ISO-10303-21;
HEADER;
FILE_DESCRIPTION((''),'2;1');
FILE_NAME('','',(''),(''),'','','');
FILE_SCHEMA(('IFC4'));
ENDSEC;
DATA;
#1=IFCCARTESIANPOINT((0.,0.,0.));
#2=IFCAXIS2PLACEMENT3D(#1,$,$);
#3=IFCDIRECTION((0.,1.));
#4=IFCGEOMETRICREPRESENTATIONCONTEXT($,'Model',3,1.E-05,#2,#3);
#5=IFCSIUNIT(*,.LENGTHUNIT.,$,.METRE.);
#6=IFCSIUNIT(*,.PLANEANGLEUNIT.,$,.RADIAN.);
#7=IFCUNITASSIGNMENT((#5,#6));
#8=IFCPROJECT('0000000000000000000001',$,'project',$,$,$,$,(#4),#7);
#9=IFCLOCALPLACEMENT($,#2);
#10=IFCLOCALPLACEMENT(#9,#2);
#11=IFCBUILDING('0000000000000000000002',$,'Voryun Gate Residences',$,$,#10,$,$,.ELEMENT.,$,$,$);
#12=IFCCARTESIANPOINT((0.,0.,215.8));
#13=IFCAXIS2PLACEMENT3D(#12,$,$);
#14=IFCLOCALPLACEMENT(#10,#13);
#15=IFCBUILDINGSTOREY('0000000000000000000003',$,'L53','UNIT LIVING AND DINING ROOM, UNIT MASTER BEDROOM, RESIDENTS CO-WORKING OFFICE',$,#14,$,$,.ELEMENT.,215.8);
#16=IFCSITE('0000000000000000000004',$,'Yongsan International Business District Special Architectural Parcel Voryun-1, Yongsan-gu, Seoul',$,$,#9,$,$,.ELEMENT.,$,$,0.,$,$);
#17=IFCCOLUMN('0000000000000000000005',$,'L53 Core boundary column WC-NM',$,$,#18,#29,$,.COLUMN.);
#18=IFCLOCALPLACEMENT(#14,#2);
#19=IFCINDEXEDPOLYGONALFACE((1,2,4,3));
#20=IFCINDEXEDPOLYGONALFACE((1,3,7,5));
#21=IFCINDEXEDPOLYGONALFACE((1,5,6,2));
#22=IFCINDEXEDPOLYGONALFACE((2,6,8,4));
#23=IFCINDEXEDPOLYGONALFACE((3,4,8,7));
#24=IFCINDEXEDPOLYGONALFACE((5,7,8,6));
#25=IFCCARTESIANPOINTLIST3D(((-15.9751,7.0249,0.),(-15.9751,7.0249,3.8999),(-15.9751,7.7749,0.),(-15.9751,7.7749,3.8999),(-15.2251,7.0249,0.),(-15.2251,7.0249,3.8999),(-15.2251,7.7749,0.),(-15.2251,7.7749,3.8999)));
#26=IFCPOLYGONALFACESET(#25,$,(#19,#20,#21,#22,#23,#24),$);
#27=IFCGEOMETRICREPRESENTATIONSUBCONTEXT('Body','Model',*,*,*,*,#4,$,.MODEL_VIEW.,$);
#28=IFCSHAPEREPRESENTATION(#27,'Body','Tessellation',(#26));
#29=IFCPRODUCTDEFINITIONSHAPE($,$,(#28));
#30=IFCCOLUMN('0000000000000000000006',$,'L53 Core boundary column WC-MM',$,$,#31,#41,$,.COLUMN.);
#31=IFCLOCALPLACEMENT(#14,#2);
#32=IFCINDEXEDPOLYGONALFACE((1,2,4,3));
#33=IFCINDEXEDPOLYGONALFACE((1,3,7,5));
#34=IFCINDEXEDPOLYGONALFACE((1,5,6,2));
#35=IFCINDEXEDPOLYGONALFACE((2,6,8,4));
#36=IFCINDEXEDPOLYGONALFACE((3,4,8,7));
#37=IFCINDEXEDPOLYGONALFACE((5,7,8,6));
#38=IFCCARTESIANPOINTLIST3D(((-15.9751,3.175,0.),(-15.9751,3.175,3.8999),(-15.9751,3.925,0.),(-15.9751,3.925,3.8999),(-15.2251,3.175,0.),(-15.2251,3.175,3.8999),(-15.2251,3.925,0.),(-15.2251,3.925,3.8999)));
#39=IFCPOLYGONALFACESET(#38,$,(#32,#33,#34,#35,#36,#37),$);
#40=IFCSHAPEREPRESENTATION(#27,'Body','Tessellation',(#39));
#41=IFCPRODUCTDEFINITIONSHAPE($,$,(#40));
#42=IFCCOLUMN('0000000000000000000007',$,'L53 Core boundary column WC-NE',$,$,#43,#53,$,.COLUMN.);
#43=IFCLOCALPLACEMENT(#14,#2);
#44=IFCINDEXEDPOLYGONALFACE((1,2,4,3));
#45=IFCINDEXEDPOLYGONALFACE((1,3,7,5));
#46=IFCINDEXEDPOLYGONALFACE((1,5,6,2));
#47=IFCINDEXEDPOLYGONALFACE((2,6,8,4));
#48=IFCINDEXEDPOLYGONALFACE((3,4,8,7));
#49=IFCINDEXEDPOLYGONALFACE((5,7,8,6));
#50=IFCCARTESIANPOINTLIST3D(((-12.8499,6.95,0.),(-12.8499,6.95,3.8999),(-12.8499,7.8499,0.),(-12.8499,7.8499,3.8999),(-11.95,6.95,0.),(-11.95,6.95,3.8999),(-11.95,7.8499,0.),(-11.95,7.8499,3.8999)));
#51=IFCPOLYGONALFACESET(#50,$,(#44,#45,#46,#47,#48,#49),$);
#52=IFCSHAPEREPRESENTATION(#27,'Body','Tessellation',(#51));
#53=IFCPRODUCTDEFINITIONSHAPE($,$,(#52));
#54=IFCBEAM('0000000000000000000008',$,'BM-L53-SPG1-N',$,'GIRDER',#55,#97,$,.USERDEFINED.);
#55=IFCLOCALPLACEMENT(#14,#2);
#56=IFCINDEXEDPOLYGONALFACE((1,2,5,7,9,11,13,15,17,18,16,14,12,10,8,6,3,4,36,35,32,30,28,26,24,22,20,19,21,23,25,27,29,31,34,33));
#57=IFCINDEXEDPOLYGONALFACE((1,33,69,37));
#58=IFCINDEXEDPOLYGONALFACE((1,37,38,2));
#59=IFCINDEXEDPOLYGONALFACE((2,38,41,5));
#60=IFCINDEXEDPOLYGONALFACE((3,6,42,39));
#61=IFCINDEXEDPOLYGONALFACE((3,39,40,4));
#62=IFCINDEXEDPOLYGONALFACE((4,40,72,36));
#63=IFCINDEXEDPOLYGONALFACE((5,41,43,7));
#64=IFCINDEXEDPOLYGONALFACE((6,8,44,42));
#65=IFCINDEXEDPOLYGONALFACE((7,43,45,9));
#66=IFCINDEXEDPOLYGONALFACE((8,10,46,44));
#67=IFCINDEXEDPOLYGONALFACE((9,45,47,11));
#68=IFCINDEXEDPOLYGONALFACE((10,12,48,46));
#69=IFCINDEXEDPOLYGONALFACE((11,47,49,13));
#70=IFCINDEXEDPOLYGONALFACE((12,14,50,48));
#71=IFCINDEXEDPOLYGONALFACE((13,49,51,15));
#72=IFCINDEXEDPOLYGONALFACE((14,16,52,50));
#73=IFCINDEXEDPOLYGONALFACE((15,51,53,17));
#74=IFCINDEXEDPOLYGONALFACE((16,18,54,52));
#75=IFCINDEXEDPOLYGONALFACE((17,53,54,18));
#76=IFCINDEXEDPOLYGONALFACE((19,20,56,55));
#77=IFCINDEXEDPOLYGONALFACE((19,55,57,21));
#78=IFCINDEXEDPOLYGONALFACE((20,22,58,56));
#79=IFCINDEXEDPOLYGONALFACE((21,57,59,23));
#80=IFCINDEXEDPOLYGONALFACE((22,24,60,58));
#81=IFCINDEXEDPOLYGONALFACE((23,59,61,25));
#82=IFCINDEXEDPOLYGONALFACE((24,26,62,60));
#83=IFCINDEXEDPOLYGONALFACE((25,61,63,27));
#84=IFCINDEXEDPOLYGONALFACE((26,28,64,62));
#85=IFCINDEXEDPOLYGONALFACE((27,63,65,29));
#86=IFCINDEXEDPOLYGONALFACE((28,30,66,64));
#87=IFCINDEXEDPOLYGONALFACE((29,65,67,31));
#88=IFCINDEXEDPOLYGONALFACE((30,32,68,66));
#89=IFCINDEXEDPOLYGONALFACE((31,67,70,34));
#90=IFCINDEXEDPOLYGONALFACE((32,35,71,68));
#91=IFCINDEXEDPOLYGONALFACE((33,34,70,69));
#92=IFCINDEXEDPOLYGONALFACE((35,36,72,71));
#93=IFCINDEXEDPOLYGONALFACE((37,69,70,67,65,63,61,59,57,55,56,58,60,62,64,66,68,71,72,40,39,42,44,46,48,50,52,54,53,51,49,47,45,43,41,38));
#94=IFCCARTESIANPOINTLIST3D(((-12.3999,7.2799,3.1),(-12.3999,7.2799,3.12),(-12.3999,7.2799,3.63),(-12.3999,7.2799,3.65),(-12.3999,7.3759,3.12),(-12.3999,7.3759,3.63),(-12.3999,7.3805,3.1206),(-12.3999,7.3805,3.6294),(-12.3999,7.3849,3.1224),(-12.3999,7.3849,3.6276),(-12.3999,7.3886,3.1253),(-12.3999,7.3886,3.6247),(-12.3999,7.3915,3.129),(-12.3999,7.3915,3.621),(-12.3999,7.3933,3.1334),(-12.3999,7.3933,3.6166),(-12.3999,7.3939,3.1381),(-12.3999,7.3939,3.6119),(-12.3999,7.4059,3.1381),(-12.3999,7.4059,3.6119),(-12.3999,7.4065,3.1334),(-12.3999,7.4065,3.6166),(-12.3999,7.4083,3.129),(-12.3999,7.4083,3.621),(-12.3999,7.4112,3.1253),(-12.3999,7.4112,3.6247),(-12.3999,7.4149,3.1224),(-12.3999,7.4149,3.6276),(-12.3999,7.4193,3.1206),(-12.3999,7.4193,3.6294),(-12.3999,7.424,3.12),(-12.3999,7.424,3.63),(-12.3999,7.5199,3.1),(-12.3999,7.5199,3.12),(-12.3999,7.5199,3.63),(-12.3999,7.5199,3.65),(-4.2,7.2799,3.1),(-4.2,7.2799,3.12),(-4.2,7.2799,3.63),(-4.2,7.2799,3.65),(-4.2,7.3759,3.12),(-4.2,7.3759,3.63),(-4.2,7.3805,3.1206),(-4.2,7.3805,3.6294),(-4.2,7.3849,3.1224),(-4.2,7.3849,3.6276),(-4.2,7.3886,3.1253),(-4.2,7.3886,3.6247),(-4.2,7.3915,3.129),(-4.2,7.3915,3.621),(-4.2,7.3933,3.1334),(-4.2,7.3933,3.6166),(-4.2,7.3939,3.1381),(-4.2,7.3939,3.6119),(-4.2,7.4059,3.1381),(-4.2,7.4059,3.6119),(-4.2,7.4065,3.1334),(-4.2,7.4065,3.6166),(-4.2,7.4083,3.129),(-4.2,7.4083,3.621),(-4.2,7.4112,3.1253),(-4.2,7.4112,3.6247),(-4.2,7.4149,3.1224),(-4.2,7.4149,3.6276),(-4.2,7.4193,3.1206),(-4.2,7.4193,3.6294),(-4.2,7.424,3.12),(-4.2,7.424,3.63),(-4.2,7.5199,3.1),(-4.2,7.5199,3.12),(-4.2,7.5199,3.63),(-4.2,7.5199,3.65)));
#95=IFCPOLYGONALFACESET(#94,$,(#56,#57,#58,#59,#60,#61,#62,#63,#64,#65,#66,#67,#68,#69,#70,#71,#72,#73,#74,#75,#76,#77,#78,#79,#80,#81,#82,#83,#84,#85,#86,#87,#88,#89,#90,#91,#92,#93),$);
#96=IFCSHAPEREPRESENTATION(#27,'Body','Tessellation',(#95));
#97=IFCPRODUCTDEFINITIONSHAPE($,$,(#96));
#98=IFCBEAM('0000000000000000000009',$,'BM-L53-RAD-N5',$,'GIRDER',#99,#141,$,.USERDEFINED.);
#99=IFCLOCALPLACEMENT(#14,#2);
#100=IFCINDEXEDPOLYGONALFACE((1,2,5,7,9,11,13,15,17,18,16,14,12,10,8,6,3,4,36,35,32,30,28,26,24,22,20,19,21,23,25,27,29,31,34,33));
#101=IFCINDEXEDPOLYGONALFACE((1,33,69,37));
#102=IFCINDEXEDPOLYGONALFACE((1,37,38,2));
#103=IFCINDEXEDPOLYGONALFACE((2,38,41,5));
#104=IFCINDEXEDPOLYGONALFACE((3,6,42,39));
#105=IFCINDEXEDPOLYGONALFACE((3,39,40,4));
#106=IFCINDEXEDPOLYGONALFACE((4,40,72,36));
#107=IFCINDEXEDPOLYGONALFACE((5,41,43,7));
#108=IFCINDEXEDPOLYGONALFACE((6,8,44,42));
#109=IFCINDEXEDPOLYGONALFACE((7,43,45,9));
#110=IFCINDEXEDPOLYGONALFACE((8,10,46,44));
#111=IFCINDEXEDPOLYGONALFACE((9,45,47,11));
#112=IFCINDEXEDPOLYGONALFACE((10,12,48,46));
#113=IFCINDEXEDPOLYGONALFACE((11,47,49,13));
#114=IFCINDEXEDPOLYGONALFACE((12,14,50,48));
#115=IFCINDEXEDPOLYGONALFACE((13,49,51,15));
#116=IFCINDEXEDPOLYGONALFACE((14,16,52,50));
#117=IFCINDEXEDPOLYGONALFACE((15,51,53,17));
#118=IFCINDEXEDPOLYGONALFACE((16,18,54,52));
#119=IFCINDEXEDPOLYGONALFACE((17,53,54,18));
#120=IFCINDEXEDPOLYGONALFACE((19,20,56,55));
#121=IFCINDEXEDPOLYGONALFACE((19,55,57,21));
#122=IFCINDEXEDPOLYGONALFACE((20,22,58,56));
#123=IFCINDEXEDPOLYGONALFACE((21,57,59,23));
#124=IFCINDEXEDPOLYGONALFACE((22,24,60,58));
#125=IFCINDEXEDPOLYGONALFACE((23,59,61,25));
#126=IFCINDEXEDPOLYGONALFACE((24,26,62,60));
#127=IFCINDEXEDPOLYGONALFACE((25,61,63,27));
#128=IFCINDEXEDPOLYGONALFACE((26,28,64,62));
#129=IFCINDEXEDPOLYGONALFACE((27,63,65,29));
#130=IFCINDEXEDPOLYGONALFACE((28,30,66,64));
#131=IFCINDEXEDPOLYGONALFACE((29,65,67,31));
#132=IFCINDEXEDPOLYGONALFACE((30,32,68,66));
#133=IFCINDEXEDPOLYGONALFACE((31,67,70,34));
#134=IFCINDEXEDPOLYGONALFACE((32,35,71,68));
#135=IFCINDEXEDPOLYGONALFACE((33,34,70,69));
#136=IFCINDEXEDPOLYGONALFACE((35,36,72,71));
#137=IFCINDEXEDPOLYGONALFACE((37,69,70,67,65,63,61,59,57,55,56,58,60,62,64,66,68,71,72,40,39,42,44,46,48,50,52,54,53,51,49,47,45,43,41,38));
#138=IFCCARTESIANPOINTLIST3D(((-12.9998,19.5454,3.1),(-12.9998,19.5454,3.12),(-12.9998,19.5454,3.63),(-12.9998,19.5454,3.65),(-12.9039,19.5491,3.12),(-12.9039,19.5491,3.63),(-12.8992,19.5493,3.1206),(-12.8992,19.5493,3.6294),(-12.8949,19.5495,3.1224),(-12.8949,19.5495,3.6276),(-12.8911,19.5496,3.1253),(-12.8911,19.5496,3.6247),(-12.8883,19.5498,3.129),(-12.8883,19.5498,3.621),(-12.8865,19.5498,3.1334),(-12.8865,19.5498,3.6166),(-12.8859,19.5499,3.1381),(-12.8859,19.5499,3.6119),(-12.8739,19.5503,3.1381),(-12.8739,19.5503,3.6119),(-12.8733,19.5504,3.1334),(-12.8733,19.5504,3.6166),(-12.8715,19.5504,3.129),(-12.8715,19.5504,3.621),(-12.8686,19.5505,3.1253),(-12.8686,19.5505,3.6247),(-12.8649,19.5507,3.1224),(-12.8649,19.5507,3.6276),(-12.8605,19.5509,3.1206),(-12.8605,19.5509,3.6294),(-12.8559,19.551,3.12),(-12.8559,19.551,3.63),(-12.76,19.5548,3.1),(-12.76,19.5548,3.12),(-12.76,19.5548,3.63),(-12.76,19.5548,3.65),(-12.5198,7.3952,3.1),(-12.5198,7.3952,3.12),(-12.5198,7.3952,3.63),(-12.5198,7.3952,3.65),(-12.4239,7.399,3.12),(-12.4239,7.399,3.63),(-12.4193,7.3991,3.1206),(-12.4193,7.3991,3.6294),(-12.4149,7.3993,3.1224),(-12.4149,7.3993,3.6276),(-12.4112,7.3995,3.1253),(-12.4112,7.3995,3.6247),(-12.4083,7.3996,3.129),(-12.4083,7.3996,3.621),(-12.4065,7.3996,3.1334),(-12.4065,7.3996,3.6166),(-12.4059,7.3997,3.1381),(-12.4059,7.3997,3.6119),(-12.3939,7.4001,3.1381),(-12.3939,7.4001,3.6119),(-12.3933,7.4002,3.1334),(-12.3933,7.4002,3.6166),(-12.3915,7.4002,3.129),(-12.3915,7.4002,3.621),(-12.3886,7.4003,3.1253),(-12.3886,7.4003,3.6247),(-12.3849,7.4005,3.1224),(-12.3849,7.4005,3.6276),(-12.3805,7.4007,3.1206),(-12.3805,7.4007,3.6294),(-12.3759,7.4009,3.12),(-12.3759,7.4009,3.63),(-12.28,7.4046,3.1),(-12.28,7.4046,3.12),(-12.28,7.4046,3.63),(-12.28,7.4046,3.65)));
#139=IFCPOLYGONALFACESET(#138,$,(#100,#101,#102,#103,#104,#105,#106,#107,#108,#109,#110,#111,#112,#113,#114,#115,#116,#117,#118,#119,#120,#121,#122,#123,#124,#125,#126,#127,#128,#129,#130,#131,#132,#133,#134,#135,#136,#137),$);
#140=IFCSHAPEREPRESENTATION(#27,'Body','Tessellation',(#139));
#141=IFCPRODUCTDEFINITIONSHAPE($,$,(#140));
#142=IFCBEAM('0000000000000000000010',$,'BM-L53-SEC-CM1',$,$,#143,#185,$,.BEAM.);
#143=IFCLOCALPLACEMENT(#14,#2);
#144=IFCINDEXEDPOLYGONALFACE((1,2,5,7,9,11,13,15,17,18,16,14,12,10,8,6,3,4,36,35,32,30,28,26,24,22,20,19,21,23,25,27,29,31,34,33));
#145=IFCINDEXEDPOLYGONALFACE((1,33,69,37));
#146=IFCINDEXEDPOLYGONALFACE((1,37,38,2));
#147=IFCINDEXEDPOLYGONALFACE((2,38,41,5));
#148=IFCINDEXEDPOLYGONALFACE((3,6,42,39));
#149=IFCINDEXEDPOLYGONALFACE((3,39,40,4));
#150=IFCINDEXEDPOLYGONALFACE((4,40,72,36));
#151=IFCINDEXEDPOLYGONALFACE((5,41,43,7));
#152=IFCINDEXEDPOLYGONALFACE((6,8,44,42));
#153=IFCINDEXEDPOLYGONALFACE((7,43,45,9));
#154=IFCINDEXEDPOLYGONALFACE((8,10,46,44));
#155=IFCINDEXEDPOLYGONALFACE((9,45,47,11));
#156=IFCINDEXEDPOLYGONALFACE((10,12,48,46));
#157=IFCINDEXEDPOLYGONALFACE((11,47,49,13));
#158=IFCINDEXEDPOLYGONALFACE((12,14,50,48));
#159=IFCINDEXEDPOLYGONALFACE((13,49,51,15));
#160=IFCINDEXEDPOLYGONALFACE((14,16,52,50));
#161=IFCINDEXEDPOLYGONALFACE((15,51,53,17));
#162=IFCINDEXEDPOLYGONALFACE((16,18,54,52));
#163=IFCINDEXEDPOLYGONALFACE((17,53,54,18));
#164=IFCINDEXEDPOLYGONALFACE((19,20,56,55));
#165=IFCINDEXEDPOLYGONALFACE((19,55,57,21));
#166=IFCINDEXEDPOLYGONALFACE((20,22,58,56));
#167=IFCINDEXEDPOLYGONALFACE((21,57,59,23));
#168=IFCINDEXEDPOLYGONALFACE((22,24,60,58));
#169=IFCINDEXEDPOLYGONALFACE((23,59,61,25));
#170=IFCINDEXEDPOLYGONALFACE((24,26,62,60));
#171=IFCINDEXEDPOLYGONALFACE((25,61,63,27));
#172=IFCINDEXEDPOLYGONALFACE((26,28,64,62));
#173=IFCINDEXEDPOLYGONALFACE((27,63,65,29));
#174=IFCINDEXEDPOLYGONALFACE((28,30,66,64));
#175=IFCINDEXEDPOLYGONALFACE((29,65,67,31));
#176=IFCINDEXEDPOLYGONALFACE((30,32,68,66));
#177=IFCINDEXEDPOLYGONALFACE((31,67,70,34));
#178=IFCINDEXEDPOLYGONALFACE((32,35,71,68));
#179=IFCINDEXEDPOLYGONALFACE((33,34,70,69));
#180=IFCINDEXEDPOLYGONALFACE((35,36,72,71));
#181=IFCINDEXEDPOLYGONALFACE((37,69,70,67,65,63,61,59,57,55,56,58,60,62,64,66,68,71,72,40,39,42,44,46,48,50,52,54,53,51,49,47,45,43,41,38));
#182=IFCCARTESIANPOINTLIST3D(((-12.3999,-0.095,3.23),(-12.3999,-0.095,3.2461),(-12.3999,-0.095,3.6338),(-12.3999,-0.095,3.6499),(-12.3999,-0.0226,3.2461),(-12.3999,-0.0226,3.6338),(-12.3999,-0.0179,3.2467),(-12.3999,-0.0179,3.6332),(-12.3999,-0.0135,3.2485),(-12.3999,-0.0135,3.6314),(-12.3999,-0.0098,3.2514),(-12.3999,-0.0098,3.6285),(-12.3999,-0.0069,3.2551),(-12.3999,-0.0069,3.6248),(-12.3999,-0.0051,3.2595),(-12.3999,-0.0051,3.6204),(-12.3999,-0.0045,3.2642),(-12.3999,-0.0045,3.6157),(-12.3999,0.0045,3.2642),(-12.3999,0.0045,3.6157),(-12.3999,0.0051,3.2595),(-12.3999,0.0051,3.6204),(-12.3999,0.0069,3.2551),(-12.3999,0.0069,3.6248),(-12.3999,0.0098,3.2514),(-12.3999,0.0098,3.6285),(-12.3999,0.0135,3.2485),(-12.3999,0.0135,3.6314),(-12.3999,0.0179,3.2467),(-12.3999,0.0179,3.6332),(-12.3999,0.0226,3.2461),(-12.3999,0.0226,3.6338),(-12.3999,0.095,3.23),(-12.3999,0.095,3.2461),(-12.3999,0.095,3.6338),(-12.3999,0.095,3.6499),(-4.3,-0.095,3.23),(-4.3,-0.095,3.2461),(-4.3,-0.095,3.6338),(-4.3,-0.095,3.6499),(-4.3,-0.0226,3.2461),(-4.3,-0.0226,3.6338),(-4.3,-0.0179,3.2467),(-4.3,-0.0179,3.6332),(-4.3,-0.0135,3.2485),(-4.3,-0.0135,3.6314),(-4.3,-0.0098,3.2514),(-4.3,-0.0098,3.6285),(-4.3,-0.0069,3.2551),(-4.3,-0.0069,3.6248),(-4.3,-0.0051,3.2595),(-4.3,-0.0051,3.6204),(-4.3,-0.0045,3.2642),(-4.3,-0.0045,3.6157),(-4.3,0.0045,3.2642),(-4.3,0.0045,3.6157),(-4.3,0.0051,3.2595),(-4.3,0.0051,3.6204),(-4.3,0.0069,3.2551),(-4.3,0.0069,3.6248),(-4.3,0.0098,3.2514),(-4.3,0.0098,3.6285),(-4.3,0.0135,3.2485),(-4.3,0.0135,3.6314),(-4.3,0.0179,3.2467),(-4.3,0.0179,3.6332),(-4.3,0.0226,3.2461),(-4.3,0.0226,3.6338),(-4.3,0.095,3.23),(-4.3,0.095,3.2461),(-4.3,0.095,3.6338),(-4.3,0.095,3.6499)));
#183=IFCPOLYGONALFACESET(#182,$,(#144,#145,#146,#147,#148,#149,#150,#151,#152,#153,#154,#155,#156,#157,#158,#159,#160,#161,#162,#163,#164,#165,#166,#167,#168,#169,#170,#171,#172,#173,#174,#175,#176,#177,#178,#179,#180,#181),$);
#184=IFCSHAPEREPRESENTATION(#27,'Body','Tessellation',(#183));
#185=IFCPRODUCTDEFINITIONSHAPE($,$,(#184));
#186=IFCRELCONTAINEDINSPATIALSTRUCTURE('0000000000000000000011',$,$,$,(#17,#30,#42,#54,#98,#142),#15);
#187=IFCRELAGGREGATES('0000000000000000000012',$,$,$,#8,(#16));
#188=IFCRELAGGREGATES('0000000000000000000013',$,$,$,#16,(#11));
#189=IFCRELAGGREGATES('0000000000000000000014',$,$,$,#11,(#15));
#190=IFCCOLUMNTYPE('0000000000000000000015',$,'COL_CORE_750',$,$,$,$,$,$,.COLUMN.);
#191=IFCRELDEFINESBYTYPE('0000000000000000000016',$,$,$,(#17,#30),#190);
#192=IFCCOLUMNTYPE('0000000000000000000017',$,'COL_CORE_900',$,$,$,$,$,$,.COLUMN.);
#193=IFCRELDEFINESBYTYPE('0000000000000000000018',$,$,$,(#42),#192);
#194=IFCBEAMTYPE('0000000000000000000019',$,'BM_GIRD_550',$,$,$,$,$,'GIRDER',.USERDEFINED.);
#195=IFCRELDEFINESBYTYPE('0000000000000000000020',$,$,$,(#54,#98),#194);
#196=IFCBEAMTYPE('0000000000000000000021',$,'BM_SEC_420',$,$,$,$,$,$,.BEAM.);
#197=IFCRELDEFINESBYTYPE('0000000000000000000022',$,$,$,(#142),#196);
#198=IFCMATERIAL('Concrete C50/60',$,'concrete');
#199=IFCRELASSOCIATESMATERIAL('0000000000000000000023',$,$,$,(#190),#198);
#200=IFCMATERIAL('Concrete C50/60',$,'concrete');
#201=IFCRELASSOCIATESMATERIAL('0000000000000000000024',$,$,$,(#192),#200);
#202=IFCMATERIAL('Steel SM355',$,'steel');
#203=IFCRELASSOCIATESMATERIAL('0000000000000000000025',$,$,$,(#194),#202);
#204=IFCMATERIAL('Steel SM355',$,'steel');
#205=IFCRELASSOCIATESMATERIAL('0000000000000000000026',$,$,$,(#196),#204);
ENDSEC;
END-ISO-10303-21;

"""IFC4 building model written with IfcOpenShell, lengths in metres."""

from ifc_helpers import new_model, si_unit, direction, frame, origin, origin_2d, place, context, subcontext, project, spatial, rectangle, i_section, extrude, material, material_profile, profile_set, type_object, element, save


model = new_model("IFC4")

# Units and contexts
model_context = context("Model", 3, precision=1e-05, world=origin(), true_north=direction((0.0, 1.0)))
body_context = subcontext(model_context, "Body", "Model", "MODEL_VIEW")
ifc_project = project(units=[si_unit("LENGTHUNIT", "METRE"), si_unit("PLANEANGLEUNIT", "RADIAN")], contexts=[model_context])

# Site, building, storey
site_placement = place(None, origin())
site = spatial("IfcSite", under=ifc_project, at=site_placement, Name="Yongsan International Business District Special Architectural Parcel Voryun-1, Yongsan-gu, Seoul", CompositionType="ELEMENT", RefElevation=0.0)
building_placement = place(site_placement, origin())
building = spatial("IfcBuilding", under=site, at=building_placement, Name="Voryun Gate Residences", CompositionType="ELEMENT")
storey_placement = place(building_placement, frame((0.0, 0.0, 215.8)))
storey = spatial("IfcBuildingStorey", under=building, at=storey_placement, Name="L53", Description="UNIT LIVING AND DINING ROOM, UNIT MASTER BEDROOM, RESIDENTS CO-WORKING OFFICE", CompositionType="ELEMENT", Elevation=215.8)

# Columns
ifc_material_1 = material(Name="Concrete C50/60", Category="concrete")
ifc_material_profile_1 = material_profile(ifc_material_1, rectangle(XDim=0.75, YDim=0.75, at=origin_2d()), Name="RC-750x750")
ifc_profile_set_1 = profile_set([ifc_material_profile_1], Name="Concrete C50/60")
column_type_1 = type_object("IfcColumnType", Name="COL_CORE_750", PredefinedType="COLUMN", material=ifc_profile_set_1)
for number, where, z_axis, x_axis, name in (
    (1, (-15.6001, 7.3999, 0.0), (0.0, 0.0, 1.0), (1.0, 0.0, 0.0), "L53 Core boundary column WC-NM"),
    (2, (-15.6001, 3.55, 0.0), (0.0, 0.0, 1.0), (1.0, 0.0, 0.0), "L53 Core boundary column WC-MM"),
):
    element("IfcColumn", number, at=place(storey_placement, frame(where, z_axis=z_axis, x_axis=x_axis)), inside=storey, type_object=column_type_1, Name=name, PredefinedType="COLUMN", context=body_context, shape_type="SweptSolid", body=[
        extrude(rectangle(XDim=0.75, YDim=0.75, at=origin_2d()), origin(), (0.0, 0.0, 1.0), 3.8999),
    ])
ifc_material_2 = material(Name="Concrete C50/60", Category="concrete")
ifc_material_profile_2 = material_profile(ifc_material_2, rectangle(XDim=0.8999, YDim=0.8999, at=origin_2d()), Name="RC-900x900")
ifc_profile_set_2 = profile_set([ifc_material_profile_2], Name="Concrete C50/60")
column_type_2 = type_object("IfcColumnType", Name="COL_CORE_900", PredefinedType="COLUMN", material=ifc_profile_set_2)
column_placement = place(storey_placement, frame((-12.3999, 7.3999, 0.0), z_axis=(0.0, 0.0, 1.0), x_axis=(1.0, 0.0, 0.0)))
element("IfcColumn", 3, at=column_placement, inside=storey, type_object=column_type_2, Name="L53 Core boundary column WC-NE", PredefinedType="COLUMN", context=body_context, shape_type="SweptSolid", body=[
    extrude(rectangle(XDim=0.8999, YDim=0.8999, at=origin_2d()), origin(), (0.0, 0.0, 1.0), 3.8999),
])

# Beams
ifc_material_3 = material(Name="Steel SM355", Category="steel")
ifc_material_profile_3 = material_profile(ifc_material_3, i_section(OverallWidth=0.24, OverallDepth=0.55, WebThickness=0.012, FlangeThickness=0.02, FilletRadius=0.0181, at=origin_2d()), Name="H-550x240x12x20")
ifc_profile_set_3 = profile_set([ifc_material_profile_3], Name="Steel SM355")
beam_type_1 = type_object("IfcBeamType", Name="BM_GIRD_550", ElementType="GIRDER", PredefinedType="USERDEFINED", material=ifc_profile_set_3)
beam_1_placement = place(storey_placement, frame((-12.3999, 7.3999, 3.375), z_axis=(1.0, 0.0, 0.0), x_axis=(0.0, 1.0, 0.0)))
element("IfcBeam", 4, at=beam_1_placement, inside=storey, type_object=beam_type_1, Name="BM-L53-SPG1-N", ObjectType="GIRDER", PredefinedType="USERDEFINED", context=body_context, shape_type="SweptSolid", body=[
    extrude(i_section(OverallWidth=0.24, OverallDepth=0.55, WebThickness=0.012, FlangeThickness=0.02, FilletRadius=0.0181, at=origin_2d()), origin(), (0.0, 0.0, 1.0), 8.2),
])
beam_2_placement = place(storey_placement, frame((-12.3999, 7.3999, 3.375), z_axis=(-0.039473, 0.999221, 0.0), x_axis=(-0.999221, -0.039473, 0.0)))
element("IfcBeam", 5, at=beam_2_placement, inside=storey, type_object=beam_type_1, Name="BM-L53-RAD-N5", ObjectType="GIRDER", PredefinedType="USERDEFINED", context=body_context, shape_type="SweptSolid", body=[
    extrude(i_section(OverallWidth=0.24, OverallDepth=0.55, WebThickness=0.012, FlangeThickness=0.02, FilletRadius=0.0181, at=origin_2d()), origin(), (0.0, 0.0, 1.0), 12.1597),
])
ifc_material_4 = material(Name="Steel SM355", Category="steel")
ifc_material_profile_4 = material_profile(ifc_material_4, i_section(OverallWidth=0.1899, OverallDepth=0.4199, WebThickness=0.009, FlangeThickness=0.0161, FilletRadius=0.0181, at=origin_2d()), Name="H-420x190x9x16")
ifc_profile_set_4 = profile_set([ifc_material_profile_4], Name="Steel SM355")
beam_type_2 = type_object("IfcBeamType", Name="BM_SEC_420", PredefinedType="BEAM", material=ifc_profile_set_4)
beam_3_placement = place(storey_placement, frame((-12.3999, 0.0, 3.4399), z_axis=(1.0, 0.0, 0.0), x_axis=(0.0, 1.0, 0.0)))
element("IfcBeam", 6, at=beam_3_placement, inside=storey, type_object=beam_type_2, Name="BM-L53-SEC-CM1", PredefinedType="BEAM", context=body_context, shape_type="SweptSolid", body=[
    extrude(i_section(OverallWidth=0.1899, OverallDepth=0.4199, WebThickness=0.009, FlangeThickness=0.0161, FilletRadius=0.0181, at=origin_2d()), origin(), (0.0, 0.0, 1.0), 8.0999),
])

save(model, "model.ifc")
